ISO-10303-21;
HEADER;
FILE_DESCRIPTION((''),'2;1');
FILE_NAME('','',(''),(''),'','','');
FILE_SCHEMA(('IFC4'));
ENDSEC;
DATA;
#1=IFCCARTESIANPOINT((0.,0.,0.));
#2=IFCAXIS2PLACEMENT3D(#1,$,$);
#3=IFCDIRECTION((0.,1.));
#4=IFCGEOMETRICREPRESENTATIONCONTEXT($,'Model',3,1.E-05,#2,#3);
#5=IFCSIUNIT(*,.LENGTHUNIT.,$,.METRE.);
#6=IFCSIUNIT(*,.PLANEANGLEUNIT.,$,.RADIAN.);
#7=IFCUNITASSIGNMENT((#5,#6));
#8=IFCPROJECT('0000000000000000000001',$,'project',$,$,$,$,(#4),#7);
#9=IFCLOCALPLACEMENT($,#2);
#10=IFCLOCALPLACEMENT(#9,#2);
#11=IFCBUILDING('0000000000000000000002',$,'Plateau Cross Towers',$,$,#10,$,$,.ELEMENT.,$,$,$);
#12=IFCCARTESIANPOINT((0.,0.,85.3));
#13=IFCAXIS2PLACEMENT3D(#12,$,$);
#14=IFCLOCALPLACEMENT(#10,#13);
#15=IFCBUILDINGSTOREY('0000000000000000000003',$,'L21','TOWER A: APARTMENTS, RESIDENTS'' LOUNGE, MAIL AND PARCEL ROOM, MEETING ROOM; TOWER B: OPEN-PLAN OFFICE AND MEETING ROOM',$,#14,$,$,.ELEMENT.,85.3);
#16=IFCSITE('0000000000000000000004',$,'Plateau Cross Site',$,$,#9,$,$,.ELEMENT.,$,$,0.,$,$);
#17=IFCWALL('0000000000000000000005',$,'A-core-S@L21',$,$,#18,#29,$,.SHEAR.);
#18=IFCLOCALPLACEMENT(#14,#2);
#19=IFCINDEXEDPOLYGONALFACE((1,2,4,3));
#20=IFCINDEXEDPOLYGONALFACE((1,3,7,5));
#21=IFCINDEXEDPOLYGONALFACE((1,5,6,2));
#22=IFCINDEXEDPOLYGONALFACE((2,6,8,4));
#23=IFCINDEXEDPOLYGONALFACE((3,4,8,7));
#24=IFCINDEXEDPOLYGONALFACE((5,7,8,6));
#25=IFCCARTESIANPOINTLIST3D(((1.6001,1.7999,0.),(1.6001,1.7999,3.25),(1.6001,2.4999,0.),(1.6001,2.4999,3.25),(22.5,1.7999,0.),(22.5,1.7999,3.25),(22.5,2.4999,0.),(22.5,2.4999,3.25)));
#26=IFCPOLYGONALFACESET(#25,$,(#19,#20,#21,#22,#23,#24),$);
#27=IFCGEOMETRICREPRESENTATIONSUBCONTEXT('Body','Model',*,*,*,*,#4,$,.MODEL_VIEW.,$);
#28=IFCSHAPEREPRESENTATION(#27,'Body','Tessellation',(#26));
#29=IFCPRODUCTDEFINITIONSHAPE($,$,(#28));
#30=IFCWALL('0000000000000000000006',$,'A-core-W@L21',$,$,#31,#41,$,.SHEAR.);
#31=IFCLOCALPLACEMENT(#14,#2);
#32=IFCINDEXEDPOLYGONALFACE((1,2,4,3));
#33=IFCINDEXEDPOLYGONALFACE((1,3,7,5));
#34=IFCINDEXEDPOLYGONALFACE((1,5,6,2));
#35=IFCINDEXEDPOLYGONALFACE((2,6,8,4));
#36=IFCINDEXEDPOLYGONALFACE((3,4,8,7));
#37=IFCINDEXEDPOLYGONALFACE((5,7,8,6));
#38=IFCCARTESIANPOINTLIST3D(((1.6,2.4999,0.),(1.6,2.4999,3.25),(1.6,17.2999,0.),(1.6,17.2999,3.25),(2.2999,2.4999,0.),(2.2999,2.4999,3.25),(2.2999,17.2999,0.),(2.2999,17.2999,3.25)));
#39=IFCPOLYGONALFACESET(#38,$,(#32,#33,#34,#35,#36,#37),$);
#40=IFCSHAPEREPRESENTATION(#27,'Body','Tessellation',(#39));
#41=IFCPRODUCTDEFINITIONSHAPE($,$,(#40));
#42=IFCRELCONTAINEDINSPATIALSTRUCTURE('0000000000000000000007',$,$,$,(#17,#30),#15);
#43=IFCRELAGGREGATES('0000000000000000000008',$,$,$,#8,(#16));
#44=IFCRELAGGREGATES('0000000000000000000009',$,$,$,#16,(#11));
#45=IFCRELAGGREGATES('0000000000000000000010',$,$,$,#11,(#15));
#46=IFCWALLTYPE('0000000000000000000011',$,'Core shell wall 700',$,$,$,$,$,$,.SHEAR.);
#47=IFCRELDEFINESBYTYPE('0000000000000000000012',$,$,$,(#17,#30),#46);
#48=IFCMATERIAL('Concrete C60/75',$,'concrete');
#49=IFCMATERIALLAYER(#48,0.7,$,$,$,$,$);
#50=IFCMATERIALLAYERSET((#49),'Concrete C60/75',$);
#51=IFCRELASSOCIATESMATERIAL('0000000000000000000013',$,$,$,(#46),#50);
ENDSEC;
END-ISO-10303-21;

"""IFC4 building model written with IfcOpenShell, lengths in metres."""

from ifc_helpers import new_model, si_unit, direction, frame, frame_2d, origin, place, context, subcontext, project, spatial, rectangle, extrude, material, layer, layer_set, type_object, element, save


model = new_model("IFC4")

# Units and contexts
model_context = context("Model", 3, precision=1e-05, world=origin(), true_north=direction((0.0, 1.0)))
body_context = subcontext(model_context, "Body", "Model", "MODEL_VIEW")
ifc_project = project(units=[si_unit("LENGTHUNIT", "METRE"), si_unit("PLANEANGLEUNIT", "RADIAN")], contexts=[model_context])

# Site, building, storey
site_placement = place(None, origin())
site = spatial("IfcSite", under=ifc_project, at=site_placement, Name="Plateau Cross Site", CompositionType="ELEMENT", RefElevation=0.0)
building_placement = place(site_placement, origin())
building = spatial("IfcBuilding", under=site, at=building_placement, Name="Plateau Cross Towers", CompositionType="ELEMENT")
storey_placement = place(building_placement, frame((0.0, 0.0, 85.3)))
storey = spatial("IfcBuildingStorey", under=building, at=storey_placement, Name="L21", Description="TOWER A: APARTMENTS, RESIDENTS' LOUNGE, MAIL AND PARCEL ROOM, MEETING ROOM; TOWER B: OPEN-PLAN OFFICE AND MEETING ROOM", CompositionType="ELEMENT", Elevation=85.3)

# Shared definitions
ifc_material_1 = material(Name="Concrete C60/75", Category="concrete")

# Walls
ifc_layer_1 = layer(ifc_material_1, 0.7)
ifc_layer_set_1 = layer_set([ifc_layer_1], Name="Concrete C60/75")
wall_type_1 = type_object("IfcWallType", Name="Core shell wall 700", PredefinedType="SHEAR", material=ifc_layer_set_1)
wall_1_placement = place(storey_placement, frame((1.6001, 2.1499, 0.0), z_axis=(0.0, 0.0, 1.0), x_axis=(1.0, 0.0, 0.0)))
element("IfcWall", 1, at=wall_1_placement, inside=storey, type_object=wall_type_1, Name="A-core-S@L21", PredefinedType="SHEAR", context=body_context, shape_type="SweptSolid", body=[
    extrude(rectangle(XDim=20.8999, YDim=0.7, at=frame_2d((10.45, 0.0))), origin(), (0.0, 0.0, 1.0), 3.25),
])
wall_2_placement = place(storey_placement, frame((1.95, 2.5, 0.0), z_axis=(0.0, 0.0, 1.0), x_axis=(0.0, 1.0, 0.0)))
element("IfcWall", 2, at=wall_2_placement, inside=storey, type_object=wall_type_1, Name="A-core-W@L21", PredefinedType="SHEAR", context=body_context, shape_type="SweptSolid", body=[
    extrude(rectangle(XDim=14.8, YDim=0.7, at=frame_2d((7.3999, 0.0))), origin(), (0.0, 0.0, 1.0), 3.25),
])

save(model, "model.ifc")
